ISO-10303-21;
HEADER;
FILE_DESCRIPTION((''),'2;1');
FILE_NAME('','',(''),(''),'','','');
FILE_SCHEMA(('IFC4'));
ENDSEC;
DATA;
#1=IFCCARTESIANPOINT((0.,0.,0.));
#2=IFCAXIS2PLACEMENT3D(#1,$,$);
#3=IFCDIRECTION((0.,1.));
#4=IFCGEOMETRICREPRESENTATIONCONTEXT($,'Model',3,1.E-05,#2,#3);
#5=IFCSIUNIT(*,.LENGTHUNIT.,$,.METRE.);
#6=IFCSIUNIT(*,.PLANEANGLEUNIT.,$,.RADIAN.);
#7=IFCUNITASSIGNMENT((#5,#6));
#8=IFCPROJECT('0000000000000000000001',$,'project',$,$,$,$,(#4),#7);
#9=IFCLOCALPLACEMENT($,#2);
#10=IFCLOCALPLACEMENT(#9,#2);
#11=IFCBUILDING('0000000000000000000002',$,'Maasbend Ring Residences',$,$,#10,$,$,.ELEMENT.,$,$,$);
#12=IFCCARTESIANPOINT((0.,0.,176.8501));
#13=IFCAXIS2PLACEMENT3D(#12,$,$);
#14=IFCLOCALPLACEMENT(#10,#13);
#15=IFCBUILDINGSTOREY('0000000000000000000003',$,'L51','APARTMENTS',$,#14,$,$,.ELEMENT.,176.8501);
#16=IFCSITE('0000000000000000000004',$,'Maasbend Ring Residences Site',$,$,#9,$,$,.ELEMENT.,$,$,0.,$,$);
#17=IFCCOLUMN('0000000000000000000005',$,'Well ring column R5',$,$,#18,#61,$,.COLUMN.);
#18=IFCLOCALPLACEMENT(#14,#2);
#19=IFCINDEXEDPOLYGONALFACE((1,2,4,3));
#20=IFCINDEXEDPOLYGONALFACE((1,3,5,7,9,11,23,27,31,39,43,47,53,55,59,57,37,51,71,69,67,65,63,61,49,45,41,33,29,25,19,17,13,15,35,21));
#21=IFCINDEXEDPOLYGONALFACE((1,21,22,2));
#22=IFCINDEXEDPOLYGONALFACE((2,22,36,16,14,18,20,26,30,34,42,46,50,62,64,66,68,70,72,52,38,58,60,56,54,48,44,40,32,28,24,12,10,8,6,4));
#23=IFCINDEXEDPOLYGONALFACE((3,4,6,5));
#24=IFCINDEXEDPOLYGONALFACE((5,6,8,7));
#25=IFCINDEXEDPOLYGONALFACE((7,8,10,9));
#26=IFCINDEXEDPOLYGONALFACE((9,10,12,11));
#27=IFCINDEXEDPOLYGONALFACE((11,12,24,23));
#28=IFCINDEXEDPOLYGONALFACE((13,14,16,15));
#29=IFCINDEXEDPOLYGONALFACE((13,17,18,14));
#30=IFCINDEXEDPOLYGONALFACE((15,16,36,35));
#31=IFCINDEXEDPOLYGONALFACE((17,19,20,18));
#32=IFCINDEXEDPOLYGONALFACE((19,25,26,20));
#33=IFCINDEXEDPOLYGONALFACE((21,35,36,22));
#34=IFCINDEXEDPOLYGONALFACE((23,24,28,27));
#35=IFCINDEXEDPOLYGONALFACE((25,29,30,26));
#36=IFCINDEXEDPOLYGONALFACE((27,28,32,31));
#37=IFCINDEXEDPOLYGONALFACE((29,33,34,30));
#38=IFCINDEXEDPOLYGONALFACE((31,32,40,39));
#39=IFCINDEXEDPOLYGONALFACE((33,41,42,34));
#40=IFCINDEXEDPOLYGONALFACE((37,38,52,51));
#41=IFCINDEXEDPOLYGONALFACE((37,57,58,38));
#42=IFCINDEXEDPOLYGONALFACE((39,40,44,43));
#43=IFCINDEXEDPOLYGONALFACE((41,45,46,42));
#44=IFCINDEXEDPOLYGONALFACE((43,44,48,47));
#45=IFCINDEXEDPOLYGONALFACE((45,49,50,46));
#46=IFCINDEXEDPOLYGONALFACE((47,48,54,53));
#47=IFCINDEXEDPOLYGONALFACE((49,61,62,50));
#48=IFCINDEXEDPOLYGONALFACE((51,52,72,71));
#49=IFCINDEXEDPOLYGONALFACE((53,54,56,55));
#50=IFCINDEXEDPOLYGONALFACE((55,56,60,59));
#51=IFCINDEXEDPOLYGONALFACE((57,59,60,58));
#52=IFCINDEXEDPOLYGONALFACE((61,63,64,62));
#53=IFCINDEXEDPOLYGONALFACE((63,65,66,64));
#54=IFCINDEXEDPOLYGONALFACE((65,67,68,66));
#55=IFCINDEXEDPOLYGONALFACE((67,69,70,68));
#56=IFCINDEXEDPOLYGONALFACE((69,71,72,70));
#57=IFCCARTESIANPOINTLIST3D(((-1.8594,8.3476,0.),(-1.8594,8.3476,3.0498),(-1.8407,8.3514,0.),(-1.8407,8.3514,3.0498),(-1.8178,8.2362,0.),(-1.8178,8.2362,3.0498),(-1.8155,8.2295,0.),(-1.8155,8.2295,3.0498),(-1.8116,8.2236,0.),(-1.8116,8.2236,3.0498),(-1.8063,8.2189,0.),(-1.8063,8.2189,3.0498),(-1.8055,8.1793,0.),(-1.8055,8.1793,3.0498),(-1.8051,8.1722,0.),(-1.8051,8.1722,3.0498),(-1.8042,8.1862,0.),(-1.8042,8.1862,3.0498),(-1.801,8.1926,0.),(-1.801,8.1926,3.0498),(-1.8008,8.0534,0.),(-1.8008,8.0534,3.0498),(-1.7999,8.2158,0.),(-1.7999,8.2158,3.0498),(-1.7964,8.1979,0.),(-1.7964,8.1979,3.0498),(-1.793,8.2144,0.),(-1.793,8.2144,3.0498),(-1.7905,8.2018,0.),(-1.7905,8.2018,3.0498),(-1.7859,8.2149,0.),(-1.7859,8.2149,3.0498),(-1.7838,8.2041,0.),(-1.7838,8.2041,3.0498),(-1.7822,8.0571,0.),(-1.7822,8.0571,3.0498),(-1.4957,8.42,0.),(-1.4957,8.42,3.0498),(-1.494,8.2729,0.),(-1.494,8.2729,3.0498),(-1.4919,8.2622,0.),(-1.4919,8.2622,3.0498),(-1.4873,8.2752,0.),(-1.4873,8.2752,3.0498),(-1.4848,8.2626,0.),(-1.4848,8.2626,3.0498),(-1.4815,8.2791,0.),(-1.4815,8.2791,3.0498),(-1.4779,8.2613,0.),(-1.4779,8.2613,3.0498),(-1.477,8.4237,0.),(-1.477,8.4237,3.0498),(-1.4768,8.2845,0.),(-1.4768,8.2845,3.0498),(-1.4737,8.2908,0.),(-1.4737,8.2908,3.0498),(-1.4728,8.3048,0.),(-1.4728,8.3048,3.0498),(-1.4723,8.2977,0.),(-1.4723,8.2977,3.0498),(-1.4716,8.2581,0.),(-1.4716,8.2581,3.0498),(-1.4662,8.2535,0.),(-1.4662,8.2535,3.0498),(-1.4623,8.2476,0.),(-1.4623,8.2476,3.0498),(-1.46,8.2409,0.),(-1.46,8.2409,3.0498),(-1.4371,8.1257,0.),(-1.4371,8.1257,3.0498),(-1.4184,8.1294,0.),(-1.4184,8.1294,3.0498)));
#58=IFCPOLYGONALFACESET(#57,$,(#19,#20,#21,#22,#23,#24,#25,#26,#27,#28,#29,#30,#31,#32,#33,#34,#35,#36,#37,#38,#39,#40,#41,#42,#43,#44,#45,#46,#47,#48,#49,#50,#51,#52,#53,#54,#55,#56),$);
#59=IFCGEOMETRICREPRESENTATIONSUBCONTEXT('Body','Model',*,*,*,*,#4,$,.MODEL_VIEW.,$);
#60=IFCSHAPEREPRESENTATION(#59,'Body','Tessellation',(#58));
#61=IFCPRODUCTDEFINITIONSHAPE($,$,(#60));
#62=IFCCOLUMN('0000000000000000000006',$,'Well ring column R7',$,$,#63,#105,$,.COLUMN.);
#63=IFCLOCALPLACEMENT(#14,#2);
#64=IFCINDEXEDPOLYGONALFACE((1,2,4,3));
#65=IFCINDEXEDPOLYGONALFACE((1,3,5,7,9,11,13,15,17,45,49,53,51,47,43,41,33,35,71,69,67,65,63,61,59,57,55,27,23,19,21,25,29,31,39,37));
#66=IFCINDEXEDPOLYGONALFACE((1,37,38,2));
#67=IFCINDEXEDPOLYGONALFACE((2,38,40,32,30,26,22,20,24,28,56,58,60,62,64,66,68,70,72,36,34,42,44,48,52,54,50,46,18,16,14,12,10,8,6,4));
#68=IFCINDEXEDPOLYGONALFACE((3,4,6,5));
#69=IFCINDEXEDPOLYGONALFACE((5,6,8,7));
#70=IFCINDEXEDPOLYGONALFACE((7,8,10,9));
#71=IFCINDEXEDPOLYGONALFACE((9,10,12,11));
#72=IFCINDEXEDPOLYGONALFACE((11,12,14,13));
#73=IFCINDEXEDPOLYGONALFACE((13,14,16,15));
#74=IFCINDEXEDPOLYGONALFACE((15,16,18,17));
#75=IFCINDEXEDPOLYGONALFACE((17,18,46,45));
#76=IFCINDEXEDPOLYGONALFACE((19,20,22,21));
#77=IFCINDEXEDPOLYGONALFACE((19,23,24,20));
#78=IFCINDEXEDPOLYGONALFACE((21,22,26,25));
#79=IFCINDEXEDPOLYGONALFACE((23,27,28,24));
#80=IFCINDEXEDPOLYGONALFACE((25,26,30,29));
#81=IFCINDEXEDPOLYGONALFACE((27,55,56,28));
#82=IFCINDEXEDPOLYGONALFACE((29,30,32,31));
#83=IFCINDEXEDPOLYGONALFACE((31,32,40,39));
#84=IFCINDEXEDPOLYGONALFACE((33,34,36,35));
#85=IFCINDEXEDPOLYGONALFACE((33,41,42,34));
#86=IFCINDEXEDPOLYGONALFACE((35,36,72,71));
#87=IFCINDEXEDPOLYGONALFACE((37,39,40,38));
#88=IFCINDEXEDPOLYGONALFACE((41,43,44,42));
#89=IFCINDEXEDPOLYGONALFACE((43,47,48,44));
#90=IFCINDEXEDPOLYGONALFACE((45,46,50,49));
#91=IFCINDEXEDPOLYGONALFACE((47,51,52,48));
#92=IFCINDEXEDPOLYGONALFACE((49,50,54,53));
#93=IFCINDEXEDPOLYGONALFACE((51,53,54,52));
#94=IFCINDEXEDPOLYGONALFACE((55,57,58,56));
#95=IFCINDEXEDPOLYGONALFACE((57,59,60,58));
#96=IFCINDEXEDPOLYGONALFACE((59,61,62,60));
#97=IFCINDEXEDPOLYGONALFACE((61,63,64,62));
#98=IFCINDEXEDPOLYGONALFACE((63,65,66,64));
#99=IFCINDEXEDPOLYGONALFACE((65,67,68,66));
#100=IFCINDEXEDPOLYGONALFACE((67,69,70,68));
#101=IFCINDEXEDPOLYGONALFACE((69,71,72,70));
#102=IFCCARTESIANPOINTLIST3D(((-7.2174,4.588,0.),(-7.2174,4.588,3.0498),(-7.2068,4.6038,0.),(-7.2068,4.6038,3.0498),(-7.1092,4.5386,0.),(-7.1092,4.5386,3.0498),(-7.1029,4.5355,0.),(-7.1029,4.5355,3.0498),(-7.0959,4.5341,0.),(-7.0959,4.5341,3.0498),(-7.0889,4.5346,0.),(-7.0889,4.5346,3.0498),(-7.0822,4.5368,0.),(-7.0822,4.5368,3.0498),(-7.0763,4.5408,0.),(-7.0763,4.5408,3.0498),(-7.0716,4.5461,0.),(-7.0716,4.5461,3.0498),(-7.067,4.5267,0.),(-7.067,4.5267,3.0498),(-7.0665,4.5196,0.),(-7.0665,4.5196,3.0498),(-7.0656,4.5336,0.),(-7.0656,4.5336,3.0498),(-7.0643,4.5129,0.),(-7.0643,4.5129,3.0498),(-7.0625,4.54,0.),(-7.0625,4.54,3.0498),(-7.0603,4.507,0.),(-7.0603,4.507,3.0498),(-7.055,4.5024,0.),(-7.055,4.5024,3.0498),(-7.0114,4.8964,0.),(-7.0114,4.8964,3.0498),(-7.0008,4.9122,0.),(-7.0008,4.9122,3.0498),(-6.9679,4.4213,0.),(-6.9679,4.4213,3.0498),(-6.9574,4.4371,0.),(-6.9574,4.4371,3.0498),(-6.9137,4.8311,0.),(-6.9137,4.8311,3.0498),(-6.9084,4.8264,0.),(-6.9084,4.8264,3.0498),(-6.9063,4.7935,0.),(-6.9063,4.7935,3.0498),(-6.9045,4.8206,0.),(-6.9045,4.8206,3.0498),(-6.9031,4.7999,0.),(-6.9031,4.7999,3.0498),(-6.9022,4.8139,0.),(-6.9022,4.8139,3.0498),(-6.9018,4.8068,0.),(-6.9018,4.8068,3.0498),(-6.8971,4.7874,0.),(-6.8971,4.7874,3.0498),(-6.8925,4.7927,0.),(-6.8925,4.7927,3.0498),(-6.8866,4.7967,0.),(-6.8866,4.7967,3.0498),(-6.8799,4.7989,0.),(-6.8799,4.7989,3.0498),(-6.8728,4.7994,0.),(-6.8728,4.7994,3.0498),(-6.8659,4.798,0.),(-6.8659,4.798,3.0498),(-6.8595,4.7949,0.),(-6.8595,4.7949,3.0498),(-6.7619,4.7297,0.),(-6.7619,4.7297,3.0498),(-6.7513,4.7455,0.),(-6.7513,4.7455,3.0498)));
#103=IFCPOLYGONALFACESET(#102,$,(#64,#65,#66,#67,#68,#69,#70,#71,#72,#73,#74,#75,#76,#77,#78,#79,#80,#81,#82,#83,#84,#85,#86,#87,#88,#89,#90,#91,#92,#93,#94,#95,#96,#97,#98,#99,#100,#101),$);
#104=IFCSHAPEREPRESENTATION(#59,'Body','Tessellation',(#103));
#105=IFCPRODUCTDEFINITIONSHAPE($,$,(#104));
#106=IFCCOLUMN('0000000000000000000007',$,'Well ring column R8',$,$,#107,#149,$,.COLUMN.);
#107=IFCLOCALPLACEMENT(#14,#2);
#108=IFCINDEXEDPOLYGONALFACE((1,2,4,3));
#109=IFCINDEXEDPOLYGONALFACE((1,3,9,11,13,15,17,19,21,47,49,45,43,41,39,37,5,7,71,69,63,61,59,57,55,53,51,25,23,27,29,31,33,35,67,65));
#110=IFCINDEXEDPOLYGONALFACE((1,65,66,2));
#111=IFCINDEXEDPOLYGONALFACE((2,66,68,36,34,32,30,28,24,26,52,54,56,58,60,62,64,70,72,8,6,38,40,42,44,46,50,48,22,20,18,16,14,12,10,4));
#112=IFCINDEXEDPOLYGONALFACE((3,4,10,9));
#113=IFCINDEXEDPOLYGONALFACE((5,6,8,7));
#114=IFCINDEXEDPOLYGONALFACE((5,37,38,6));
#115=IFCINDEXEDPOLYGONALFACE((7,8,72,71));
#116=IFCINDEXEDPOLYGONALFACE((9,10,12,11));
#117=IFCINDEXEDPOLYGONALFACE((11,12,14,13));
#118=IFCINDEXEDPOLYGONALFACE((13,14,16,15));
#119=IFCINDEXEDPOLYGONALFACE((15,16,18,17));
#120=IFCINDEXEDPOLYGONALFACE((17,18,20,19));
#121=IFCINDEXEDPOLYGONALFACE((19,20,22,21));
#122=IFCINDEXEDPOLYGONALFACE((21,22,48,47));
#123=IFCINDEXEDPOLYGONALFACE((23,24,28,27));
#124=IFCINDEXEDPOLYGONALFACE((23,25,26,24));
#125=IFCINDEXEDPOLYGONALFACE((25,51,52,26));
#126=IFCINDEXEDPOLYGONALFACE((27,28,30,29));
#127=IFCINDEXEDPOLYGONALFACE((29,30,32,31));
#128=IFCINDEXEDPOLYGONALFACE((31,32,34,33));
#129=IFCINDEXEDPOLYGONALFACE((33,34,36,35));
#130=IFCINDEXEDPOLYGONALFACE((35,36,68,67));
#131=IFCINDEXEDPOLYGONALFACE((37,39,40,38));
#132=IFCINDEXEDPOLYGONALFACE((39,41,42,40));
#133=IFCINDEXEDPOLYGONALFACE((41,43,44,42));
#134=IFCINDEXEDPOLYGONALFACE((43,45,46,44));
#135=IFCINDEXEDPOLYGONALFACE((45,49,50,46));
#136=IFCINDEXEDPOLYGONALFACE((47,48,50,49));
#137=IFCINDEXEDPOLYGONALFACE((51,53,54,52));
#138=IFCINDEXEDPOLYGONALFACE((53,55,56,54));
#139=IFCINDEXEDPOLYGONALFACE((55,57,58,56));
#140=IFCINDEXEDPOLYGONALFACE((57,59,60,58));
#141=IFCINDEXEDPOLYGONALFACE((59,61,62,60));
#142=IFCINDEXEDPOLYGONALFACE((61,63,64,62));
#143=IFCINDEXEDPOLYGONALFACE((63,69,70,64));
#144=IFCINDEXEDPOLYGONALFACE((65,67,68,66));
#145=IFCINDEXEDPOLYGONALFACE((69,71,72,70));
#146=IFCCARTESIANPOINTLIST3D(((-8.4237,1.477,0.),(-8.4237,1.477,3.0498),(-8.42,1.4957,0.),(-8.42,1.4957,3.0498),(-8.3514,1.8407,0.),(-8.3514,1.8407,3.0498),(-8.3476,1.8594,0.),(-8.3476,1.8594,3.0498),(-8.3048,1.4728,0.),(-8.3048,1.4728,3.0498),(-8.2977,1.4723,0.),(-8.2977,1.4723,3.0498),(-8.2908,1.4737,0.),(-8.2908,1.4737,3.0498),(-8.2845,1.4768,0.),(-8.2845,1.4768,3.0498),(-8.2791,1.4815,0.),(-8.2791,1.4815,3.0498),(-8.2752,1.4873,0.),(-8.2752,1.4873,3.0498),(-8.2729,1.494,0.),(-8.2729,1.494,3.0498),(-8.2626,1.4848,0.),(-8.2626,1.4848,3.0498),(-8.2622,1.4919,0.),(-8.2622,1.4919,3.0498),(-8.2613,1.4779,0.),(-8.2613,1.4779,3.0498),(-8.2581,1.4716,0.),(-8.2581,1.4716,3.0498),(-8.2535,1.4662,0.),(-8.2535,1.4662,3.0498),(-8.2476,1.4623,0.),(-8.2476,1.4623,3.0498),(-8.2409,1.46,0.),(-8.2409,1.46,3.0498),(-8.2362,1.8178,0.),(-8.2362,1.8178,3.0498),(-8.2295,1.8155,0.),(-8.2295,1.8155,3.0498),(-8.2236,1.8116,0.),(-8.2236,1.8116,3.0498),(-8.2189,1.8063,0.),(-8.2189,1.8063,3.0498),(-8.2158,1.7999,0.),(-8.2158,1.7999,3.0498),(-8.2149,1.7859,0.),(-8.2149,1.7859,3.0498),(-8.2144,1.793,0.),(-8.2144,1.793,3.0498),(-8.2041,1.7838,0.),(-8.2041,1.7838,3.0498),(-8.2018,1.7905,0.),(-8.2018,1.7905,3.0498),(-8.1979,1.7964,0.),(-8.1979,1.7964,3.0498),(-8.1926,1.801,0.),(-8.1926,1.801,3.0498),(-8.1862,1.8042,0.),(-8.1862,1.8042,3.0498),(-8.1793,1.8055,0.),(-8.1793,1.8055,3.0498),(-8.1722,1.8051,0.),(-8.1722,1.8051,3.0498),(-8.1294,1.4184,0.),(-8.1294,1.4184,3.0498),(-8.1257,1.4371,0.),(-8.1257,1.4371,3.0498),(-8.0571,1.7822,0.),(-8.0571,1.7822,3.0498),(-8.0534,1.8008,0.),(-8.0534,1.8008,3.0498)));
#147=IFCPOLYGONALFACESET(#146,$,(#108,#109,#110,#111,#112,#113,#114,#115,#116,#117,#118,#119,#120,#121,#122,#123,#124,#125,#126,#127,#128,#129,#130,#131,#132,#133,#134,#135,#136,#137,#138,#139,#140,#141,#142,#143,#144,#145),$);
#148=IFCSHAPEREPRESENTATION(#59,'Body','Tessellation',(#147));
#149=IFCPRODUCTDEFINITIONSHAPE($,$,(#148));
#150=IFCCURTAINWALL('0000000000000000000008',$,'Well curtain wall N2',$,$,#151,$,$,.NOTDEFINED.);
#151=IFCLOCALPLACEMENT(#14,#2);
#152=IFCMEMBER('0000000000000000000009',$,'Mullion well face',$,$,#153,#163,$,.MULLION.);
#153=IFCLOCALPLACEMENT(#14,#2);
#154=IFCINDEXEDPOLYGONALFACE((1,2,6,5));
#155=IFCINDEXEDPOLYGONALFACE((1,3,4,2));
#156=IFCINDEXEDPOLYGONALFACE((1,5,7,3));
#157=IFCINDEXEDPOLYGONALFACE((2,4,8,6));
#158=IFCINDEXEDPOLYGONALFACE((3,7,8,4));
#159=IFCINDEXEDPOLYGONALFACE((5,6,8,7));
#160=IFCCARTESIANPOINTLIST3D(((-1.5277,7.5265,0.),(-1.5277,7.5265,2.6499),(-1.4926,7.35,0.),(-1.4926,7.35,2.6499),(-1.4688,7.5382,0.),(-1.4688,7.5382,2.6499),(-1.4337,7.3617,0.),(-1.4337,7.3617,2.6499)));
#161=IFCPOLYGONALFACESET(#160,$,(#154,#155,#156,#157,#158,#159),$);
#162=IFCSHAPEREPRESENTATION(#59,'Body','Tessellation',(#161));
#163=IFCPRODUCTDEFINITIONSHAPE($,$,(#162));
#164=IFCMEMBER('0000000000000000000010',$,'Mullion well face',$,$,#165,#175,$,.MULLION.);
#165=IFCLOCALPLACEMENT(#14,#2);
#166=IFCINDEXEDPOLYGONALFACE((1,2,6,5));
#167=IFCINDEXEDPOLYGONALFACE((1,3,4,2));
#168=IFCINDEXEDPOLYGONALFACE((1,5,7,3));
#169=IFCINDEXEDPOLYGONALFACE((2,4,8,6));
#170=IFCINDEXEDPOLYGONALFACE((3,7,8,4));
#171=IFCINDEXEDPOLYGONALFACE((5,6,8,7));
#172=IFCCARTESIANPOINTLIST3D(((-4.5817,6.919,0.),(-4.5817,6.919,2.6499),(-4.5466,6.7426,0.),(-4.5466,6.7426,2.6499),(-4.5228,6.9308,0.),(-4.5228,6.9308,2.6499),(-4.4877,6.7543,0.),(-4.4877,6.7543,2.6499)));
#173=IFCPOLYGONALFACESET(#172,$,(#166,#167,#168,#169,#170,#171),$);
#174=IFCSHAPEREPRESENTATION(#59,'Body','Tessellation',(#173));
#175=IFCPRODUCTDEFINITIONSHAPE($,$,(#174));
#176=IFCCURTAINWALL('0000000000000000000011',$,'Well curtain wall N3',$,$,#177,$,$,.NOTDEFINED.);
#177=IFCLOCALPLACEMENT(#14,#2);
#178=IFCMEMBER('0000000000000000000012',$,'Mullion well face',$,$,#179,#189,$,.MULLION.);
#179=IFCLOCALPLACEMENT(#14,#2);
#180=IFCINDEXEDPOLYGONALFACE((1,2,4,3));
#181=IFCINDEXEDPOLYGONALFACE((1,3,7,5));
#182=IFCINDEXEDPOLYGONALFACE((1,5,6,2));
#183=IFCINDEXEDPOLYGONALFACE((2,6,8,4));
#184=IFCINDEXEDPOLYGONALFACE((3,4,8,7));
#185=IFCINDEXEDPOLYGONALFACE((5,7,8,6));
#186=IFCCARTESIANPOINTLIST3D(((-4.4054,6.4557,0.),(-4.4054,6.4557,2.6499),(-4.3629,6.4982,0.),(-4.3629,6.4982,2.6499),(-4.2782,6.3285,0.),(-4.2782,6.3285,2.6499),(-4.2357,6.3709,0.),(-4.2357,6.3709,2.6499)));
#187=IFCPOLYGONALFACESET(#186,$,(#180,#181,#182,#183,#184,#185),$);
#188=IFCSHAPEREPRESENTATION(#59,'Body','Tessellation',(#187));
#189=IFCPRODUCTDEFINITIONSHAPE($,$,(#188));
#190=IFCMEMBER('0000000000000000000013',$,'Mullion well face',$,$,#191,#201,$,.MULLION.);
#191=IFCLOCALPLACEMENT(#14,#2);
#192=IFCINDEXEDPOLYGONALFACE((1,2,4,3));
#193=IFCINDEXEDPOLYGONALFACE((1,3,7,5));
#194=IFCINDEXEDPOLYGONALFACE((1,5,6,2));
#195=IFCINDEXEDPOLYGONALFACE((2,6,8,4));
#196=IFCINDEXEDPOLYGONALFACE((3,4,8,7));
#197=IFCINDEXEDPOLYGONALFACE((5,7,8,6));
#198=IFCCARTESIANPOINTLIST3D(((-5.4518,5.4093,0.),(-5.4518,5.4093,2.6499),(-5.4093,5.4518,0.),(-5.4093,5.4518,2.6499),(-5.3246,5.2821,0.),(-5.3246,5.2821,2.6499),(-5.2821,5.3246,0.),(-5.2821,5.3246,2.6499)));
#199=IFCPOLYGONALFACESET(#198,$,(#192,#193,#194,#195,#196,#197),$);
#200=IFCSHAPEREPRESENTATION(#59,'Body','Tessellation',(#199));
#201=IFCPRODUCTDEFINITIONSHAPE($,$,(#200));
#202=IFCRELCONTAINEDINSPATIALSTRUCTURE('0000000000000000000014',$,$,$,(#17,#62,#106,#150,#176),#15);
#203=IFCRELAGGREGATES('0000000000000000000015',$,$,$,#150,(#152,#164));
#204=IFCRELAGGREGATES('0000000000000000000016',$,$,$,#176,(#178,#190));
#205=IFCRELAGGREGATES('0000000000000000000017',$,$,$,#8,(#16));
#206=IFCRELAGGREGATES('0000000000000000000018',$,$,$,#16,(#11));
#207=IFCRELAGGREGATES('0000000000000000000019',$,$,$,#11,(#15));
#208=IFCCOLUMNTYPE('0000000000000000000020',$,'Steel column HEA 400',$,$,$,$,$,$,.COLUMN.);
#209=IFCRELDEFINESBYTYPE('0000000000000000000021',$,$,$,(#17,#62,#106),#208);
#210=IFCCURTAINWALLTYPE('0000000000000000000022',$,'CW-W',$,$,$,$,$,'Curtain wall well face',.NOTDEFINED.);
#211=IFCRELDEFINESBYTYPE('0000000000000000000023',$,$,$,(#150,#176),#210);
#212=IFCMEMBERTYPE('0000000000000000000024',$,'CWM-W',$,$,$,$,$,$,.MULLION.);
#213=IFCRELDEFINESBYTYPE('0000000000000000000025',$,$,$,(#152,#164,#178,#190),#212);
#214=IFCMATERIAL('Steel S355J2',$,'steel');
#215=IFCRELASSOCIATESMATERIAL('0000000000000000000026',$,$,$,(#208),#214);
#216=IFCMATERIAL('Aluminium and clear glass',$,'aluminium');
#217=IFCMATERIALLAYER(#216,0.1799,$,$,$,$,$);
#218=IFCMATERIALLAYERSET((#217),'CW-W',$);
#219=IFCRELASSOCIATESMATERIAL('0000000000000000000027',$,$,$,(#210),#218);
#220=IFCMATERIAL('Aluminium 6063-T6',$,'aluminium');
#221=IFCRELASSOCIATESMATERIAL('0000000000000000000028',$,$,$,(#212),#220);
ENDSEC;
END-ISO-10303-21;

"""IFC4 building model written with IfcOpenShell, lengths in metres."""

from ifc_helpers import new_model, si_unit, direction, frame, origin, origin_2d, place, context, subcontext, project, spatial, rectangle, i_section, extrude, material, layer, layer_set, material_profile, profile_set, type_object, element, aggregate, save


model = new_model("IFC4")

# Units and contexts
model_context = context("Model", 3, precision=1e-05, world=origin(), true_north=direction((0.0, 1.0)))
body_context = subcontext(model_context, "Body", "Model", "MODEL_VIEW")
ifc_project = project(units=[si_unit("LENGTHUNIT", "METRE"), si_unit("PLANEANGLEUNIT", "RADIAN")], contexts=[model_context])

# Site, building, storey
site_placement = place(None, origin())
site = spatial("IfcSite", under=ifc_project, at=site_placement, Name="Maasbend Ring Residences Site", CompositionType="ELEMENT", RefElevation=0.0)
building_placement = place(site_placement, origin())
building = spatial("IfcBuilding", under=site, at=building_placement, Name="Maasbend Ring Residences", CompositionType="ELEMENT")
storey_placement = place(building_placement, frame((0.0, 0.0, 176.8501)))
storey = spatial("IfcBuildingStorey", under=building, at=storey_placement, Name="L51", Description="APARTMENTS", CompositionType="ELEMENT", Elevation=176.8501)

# Columns
ifc_material_1 = material(Name="Steel S355J2", Category="steel")
ifc_material_profile_1 = material_profile(ifc_material_1, i_section(OverallWidth=0.3, OverallDepth=0.3899, WebThickness=0.011, FlangeThickness=0.019, FilletRadius=0.0271, at=origin_2d()), Name="HEA 400")
ifc_profile_set_1 = profile_set([ifc_material_profile_1], Name="Steel S355J2")
column_type = type_object("IfcColumnType", Name="Steel column HEA 400", PredefinedType="COLUMN", material=ifc_profile_set_1)
for number, where, z_axis, x_axis, name in (
    (1, (-1.6389, 8.2385, 0.0), (0.0, 0.0, 1.0), (-0.19509, 0.980785, 0.0), "Well ring column R5"),
    (2, (-6.9844, 4.6667, 0.0), (0.0, 0.0, 1.0), (-0.83147, 0.55557, 0.0), "Well ring column R7"),
    (3, (-8.2385, 1.6389, 0.0), (0.0, 0.0, 1.0), (-0.980785, 0.19509, 0.0), "Well ring column R8"),
):
    element("IfcColumn", number, at=place(storey_placement, frame(where, z_axis=z_axis, x_axis=x_axis)), inside=storey, type_object=column_type, Name=name, PredefinedType="COLUMN", context=body_context, shape_type="SweptSolid", body=[
        extrude(i_section(OverallWidth=0.3, OverallDepth=0.3899, WebThickness=0.011, FlangeThickness=0.019, FilletRadius=0.0271, at=origin_2d()), origin(), (0.0, 0.0, 1.0), 3.0498),
    ])

# Curtain walls, members
ifc_material_2 = material(Name="Aluminium and clear glass", Category="aluminium")
ifc_layer_1 = layer(ifc_material_2, 0.1799)
ifc_layer_set_1 = layer_set([ifc_layer_1], Name="CW-W")
curtain_wall_type = type_object("IfcCurtainWallType", Name="CW-W", ElementType="Curtain wall well face", PredefinedType="NOTDEFINED", material=ifc_layer_set_1)
curtain_wall_1_placement = place(storey_placement, origin())
curtain_wall_1 = element("IfcCurtainWall", 4, at=curtain_wall_1_placement, inside=storey, type_object=curtain_wall_type, Name="Well curtain wall N2", PredefinedType="NOTDEFINED")
ifc_material_3 = material(Name="Aluminium 6063-T6", Category="aluminium")
ifc_material_profile_2 = material_profile(ifc_material_3, rectangle(XDim=0.1799, YDim=0.0601, at=origin_2d()), Name="AL 180x60")
ifc_profile_set_2 = profile_set([ifc_material_profile_2], Name="Aluminium 6063-T6")
member_type_1 = type_object("IfcMemberType", Name="CWM-W", PredefinedType="MULLION", material=ifc_profile_set_2)
member_1_placement = place(storey_placement, frame((-1.4807, 7.4441, 0.0), z_axis=(0.0, 0.0, 1.0), x_axis=(0.19509, -0.980785, 0.0)))
member_1 = element("IfcMember", 5, at=member_1_placement, type_object=member_type_1, Name="Mullion well face", PredefinedType="MULLION", context=body_context, shape_type="SweptSolid", body=[
    extrude(rectangle(XDim=0.1799, YDim=0.0601, at=origin_2d()), origin(), (0.0, 0.0, 1.0), 2.6499),
])
member_2_placement = place(storey_placement, frame((-4.5347, 6.8367, 0.0), z_axis=(0.0, 0.0, 1.0), x_axis=(0.19509, -0.980785, 0.0)))
member_2 = element("IfcMember", 6, at=member_2_placement, type_object=member_type_1, Name="Mullion well face", PredefinedType="MULLION", context=body_context, shape_type="SweptSolid", body=[
    extrude(rectangle(XDim=0.1799, YDim=0.0601, at=origin_2d()), origin(), (0.0, 0.0, 1.0), 2.6499),
])
curtain_wall_2_placement = place(storey_placement, origin())
curtain_wall_2 = element("IfcCurtainWall", 7, at=curtain_wall_2_placement, inside=storey, type_object=curtain_wall_type, Name="Well curtain wall N3", PredefinedType="NOTDEFINED")
member_3_placement = place(storey_placement, frame((-4.3206, 6.4133, 0.0), z_axis=(0.0, 0.0, 1.0), x_axis=(0.707107, -0.707107, 0.0)))
member_3 = element("IfcMember", 8, at=member_3_placement, type_object=member_type_1, Name="Mullion well face", PredefinedType="MULLION", context=body_context, shape_type="SweptSolid", body=[
    extrude(rectangle(XDim=0.1799, YDim=0.0601, at=origin_2d()), origin(), (0.0, 0.0, 1.0), 2.6499),
])
member_4_placement = place(storey_placement, frame((-5.3669, 5.3669, 0.0), z_axis=(0.0, 0.0, 1.0), x_axis=(0.707107, -0.707107, 0.0)))
member_4 = element("IfcMember", 9, at=member_4_placement, type_object=member_type_1, Name="Mullion well face", PredefinedType="MULLION", context=body_context, shape_type="SweptSolid", body=[
    extrude(rectangle(XDim=0.1799, YDim=0.0601, at=origin_2d()), origin(), (0.0, 0.0, 1.0), 2.6499),
])

aggregate(curtain_wall_1, [member_1, member_2])
aggregate(curtain_wall_2, [member_3, member_4])

save(model, "model.ifc")
